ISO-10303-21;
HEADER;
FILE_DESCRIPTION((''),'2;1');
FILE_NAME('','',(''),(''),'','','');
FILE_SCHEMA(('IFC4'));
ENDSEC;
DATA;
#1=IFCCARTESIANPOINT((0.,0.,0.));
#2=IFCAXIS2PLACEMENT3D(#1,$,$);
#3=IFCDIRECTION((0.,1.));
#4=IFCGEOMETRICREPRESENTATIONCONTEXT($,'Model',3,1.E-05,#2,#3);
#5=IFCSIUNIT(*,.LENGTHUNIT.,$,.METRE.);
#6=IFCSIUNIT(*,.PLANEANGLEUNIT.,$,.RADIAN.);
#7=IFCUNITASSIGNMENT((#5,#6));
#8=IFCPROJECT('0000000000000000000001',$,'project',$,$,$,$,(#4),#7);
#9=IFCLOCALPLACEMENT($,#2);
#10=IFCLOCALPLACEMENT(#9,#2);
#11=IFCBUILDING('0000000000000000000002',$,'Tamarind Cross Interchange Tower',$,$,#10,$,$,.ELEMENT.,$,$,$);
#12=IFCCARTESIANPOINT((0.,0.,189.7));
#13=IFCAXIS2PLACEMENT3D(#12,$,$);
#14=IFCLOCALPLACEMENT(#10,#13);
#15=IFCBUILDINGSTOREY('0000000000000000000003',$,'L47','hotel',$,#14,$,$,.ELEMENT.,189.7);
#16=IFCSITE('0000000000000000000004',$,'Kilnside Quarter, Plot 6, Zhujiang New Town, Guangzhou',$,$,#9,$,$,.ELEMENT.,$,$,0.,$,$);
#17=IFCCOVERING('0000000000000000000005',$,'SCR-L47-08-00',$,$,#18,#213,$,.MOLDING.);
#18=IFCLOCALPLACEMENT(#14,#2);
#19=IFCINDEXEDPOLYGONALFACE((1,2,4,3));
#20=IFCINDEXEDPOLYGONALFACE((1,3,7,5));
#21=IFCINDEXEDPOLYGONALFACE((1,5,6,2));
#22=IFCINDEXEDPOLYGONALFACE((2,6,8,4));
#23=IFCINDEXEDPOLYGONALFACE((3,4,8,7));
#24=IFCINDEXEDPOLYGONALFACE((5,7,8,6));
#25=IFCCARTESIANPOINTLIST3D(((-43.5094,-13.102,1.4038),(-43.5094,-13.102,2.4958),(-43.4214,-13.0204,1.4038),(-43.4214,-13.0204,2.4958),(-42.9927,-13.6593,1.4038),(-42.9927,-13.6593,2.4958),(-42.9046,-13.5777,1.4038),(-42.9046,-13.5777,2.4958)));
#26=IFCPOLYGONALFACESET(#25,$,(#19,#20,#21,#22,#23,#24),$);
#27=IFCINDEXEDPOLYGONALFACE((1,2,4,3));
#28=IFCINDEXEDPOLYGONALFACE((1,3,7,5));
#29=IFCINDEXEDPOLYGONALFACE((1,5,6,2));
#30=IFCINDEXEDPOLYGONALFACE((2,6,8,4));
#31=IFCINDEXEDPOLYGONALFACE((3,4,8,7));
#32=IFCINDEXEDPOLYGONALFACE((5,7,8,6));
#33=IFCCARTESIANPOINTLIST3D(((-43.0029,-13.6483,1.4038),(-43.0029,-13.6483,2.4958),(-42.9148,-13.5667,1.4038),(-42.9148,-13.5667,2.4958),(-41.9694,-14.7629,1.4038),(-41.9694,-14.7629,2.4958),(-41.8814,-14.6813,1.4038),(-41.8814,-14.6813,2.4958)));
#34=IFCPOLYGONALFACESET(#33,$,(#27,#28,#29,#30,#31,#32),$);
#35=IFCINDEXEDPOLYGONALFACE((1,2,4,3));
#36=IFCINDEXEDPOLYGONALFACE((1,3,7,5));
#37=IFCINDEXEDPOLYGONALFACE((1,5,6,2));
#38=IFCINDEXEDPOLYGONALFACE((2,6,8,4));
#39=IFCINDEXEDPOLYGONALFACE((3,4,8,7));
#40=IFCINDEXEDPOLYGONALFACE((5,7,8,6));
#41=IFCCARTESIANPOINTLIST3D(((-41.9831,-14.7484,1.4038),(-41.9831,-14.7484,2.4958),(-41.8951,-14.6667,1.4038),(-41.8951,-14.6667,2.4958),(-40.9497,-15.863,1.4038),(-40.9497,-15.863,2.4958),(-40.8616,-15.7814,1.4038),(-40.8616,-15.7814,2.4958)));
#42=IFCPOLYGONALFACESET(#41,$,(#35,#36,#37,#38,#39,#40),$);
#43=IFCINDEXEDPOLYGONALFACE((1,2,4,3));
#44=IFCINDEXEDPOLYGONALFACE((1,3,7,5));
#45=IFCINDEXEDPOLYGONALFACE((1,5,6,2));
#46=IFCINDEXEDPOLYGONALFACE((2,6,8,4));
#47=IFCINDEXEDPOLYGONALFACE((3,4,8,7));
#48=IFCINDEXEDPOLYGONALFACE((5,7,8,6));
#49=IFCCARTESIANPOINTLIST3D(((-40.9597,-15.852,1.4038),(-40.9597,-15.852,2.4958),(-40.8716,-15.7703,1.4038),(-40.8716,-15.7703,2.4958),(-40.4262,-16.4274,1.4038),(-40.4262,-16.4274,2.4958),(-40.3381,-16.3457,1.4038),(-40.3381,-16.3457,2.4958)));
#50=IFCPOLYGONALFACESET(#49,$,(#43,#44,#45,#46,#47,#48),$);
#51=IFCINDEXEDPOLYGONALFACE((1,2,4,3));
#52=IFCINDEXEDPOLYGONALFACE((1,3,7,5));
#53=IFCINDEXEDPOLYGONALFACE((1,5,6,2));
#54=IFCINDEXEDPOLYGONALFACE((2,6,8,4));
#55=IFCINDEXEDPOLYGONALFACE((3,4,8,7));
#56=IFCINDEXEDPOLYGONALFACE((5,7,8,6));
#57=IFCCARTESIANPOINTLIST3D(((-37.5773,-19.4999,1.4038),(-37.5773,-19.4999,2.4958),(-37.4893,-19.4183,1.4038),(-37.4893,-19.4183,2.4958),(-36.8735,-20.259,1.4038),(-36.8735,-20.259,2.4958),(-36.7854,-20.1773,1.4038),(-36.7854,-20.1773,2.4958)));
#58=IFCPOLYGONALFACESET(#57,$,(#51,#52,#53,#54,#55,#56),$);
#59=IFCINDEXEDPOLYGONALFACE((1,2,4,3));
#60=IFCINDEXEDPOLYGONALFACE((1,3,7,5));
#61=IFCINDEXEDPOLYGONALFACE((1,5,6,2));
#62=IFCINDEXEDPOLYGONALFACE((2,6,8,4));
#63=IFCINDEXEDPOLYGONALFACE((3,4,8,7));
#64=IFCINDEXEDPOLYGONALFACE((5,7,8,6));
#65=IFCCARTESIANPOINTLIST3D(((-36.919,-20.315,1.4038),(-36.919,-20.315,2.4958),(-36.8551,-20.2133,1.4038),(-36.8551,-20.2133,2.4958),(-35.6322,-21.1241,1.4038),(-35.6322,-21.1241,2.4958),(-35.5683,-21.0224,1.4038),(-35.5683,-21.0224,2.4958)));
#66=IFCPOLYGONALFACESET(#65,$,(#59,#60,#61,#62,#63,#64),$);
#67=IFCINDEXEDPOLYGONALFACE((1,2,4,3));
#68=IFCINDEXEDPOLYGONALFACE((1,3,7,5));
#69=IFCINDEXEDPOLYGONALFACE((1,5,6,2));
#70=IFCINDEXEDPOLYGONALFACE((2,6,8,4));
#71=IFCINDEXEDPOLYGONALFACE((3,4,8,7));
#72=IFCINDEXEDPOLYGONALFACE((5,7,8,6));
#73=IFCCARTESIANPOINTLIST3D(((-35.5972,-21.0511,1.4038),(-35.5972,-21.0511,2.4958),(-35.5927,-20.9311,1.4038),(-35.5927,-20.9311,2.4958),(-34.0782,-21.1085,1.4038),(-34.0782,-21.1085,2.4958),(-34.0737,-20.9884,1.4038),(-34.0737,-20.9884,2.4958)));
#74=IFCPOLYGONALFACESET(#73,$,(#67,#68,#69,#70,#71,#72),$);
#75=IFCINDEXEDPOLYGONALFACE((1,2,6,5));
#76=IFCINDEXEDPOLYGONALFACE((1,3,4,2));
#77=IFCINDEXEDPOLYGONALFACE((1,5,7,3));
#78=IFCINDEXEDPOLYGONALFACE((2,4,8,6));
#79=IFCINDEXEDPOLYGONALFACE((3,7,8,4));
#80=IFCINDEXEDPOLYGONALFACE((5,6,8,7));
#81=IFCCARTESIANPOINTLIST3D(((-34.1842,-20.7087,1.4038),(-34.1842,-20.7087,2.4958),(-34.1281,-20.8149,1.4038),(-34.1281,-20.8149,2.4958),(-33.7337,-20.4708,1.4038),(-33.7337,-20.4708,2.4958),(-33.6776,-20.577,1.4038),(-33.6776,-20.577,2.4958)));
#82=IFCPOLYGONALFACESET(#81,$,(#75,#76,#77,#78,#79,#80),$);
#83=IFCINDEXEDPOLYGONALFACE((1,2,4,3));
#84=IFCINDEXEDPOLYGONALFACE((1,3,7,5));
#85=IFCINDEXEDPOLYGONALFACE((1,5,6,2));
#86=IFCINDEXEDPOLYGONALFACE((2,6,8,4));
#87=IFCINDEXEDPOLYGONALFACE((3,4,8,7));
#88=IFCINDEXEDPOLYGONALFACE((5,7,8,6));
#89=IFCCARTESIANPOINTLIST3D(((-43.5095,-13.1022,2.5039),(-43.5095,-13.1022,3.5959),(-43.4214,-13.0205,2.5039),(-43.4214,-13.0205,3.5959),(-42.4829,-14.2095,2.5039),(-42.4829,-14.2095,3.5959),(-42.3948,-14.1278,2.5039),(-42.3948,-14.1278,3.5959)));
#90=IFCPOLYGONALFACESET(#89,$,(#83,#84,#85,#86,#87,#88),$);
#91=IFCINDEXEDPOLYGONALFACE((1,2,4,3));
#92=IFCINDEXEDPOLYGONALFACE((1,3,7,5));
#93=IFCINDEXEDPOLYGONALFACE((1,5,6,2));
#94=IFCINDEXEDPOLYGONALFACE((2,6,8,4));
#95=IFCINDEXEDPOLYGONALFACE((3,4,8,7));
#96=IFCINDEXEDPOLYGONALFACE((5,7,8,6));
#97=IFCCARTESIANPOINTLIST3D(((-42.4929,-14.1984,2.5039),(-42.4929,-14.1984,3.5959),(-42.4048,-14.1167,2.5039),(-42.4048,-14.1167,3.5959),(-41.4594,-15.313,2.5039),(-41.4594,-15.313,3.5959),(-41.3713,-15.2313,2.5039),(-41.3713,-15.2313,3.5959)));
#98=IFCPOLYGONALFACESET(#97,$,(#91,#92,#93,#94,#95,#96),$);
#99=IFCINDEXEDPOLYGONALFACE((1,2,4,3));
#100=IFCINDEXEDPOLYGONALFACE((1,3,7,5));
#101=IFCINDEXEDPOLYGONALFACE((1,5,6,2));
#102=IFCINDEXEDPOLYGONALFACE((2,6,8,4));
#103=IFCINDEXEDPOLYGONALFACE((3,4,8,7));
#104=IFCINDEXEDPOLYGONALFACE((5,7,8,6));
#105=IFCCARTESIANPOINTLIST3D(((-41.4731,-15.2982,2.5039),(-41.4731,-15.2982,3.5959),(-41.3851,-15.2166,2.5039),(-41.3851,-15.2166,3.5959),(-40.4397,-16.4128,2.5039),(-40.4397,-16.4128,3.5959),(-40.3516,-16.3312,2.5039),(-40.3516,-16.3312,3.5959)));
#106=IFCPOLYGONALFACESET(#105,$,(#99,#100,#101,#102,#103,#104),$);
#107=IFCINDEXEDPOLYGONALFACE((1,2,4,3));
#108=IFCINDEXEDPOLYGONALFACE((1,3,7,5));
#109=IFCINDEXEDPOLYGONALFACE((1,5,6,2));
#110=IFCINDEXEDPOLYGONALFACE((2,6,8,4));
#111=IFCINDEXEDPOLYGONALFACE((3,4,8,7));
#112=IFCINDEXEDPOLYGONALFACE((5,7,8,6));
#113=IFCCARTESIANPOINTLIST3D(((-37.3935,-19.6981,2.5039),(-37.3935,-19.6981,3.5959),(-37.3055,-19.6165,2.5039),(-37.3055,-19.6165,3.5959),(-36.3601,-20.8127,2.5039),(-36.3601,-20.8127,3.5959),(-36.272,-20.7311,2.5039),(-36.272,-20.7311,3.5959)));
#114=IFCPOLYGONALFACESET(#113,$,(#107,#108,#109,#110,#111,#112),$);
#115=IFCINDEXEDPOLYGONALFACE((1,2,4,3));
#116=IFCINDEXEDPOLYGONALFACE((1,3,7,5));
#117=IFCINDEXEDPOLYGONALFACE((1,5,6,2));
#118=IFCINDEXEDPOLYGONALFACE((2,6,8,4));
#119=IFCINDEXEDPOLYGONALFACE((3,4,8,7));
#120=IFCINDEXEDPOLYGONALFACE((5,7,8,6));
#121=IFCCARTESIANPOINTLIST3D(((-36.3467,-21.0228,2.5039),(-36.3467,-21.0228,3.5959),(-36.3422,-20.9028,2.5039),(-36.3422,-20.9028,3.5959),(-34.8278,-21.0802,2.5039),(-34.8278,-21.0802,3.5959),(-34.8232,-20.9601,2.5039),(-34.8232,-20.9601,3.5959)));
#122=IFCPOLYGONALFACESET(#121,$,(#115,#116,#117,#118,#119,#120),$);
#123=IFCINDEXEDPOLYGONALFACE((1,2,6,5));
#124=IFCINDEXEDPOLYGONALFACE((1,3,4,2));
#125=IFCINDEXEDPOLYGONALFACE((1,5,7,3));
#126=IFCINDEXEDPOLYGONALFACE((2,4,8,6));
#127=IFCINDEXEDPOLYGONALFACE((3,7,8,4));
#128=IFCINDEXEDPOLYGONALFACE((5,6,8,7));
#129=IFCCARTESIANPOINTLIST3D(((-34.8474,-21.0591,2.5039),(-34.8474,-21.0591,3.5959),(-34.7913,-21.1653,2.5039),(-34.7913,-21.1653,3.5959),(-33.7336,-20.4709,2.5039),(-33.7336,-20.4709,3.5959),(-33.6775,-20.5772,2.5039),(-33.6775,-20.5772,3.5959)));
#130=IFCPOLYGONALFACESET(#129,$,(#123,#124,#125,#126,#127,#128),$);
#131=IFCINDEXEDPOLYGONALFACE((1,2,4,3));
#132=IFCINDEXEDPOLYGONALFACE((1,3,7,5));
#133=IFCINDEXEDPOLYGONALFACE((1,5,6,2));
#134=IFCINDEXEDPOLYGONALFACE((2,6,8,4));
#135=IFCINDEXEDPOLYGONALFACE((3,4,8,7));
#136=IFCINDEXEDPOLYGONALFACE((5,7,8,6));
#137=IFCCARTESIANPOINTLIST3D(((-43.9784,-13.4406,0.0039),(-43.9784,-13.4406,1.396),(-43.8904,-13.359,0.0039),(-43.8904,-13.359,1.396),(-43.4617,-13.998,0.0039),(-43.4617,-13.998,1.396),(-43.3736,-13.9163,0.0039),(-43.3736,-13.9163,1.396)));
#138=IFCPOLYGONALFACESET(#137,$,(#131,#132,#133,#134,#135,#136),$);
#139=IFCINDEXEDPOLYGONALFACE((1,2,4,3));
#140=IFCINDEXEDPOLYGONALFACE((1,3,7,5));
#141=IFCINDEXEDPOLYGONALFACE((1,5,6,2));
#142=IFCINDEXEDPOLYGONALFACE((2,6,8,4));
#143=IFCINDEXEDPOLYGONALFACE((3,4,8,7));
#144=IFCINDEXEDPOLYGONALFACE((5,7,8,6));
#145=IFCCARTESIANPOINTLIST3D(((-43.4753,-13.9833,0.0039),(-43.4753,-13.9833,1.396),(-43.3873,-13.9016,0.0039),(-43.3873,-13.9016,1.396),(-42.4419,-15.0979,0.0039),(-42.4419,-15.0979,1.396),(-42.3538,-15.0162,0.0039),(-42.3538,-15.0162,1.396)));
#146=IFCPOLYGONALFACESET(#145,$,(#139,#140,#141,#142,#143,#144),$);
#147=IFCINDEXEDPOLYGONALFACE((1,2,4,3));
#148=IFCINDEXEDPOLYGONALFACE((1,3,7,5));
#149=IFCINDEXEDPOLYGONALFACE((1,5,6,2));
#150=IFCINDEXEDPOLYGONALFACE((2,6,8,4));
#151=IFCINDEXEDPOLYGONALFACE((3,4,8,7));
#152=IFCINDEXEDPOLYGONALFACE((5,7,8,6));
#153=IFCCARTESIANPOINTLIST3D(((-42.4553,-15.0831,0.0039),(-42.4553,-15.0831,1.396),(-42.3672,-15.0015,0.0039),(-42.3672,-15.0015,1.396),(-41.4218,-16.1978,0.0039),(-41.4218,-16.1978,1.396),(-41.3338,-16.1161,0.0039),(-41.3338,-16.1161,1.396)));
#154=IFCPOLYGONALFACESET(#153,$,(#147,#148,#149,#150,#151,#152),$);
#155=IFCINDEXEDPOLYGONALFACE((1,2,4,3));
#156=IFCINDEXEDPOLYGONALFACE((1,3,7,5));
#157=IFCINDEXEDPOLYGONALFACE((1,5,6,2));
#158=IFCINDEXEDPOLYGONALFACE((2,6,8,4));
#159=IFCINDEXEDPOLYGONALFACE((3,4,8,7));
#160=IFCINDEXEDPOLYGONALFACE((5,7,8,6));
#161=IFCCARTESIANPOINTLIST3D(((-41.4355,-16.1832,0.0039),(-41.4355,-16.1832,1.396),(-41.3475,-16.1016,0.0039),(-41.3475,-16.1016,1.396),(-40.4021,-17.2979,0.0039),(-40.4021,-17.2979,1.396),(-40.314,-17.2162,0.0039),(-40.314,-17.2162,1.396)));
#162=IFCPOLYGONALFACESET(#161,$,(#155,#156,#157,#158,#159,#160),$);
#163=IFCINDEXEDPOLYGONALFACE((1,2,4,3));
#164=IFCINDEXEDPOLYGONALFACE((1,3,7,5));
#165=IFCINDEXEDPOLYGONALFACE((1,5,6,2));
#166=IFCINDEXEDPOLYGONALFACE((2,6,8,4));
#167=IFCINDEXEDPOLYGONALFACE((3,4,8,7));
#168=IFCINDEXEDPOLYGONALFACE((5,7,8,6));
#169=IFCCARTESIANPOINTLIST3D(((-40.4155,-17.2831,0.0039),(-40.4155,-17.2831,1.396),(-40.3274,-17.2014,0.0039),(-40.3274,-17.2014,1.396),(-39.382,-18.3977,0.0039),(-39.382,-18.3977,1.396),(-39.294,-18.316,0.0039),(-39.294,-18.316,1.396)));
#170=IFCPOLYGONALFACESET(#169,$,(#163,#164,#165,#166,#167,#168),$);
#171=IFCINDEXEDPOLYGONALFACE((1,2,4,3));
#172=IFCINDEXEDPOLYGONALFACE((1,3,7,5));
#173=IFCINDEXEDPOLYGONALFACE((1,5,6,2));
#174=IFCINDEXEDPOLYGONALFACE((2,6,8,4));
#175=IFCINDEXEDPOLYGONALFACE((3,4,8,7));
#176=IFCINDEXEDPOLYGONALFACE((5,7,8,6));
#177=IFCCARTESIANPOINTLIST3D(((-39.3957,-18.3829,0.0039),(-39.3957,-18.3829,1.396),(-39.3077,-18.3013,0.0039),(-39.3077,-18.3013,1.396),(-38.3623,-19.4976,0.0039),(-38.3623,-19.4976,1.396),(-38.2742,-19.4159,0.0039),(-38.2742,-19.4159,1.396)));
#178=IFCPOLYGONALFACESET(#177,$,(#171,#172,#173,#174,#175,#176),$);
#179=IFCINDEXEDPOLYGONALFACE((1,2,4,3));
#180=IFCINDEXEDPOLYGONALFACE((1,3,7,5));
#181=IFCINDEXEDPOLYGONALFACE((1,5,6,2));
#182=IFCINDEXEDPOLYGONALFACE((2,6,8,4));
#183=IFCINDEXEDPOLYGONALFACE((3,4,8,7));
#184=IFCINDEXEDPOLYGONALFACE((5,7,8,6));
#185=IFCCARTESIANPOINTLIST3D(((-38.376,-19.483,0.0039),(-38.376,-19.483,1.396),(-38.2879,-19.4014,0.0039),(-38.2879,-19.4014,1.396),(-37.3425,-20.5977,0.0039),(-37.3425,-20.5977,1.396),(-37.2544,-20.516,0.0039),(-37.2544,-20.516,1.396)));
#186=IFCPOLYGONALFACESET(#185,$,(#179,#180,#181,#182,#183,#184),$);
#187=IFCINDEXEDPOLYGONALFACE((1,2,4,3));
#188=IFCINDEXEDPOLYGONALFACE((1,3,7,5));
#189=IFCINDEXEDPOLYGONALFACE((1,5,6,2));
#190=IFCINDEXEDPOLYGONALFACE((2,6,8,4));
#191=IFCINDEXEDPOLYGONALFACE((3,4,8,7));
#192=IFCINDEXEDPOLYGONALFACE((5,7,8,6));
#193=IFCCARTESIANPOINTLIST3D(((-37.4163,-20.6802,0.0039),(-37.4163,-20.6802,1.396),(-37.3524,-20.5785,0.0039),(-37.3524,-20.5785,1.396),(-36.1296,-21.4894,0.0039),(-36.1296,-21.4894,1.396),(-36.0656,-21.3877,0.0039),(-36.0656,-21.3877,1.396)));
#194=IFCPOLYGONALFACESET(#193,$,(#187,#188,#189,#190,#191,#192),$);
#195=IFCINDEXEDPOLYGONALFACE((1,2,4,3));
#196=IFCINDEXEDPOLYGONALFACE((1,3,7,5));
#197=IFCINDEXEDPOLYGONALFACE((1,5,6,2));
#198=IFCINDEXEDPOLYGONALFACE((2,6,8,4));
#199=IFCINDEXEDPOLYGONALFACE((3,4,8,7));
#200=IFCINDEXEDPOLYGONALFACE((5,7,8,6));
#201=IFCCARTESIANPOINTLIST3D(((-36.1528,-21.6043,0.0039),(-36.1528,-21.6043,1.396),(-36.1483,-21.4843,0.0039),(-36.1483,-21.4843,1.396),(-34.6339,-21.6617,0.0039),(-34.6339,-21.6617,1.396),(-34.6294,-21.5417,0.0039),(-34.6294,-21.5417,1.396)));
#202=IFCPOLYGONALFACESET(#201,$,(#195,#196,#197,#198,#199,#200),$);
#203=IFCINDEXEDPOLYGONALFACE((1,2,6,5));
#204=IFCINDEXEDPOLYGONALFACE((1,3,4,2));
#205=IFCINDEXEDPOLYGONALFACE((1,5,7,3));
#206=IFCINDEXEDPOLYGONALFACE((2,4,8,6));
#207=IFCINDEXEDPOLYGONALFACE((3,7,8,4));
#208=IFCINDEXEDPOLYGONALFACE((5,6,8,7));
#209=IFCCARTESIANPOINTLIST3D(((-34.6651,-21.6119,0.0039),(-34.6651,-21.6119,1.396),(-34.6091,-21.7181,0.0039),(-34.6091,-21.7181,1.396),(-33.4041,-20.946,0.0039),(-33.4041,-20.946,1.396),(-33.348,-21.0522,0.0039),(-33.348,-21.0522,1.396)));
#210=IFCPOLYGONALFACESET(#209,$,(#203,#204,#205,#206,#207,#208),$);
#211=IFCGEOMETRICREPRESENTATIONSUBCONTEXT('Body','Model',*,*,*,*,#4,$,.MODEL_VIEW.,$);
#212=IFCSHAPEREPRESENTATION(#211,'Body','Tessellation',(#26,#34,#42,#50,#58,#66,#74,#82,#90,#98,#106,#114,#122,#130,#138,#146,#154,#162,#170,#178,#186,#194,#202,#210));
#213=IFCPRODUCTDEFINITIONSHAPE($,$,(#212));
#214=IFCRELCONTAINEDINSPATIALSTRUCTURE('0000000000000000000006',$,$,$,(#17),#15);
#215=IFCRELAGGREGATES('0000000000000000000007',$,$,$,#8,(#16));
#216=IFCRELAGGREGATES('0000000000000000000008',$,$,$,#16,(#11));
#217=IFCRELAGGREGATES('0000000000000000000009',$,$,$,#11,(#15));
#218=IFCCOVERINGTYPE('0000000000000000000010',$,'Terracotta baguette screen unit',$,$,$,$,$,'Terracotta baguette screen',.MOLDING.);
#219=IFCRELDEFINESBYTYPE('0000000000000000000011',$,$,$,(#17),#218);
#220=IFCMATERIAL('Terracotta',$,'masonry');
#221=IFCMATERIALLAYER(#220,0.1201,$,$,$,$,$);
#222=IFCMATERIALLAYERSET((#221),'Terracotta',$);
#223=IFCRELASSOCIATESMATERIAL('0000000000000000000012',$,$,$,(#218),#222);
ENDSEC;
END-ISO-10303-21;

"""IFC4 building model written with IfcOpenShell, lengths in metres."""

from ifc_helpers import new_model, si_unit, direction, frame, origin, origin_2d, place, context, subcontext, project, spatial, rectangle, extrude, material, layer, layer_set, type_object, element, save


model = new_model("IFC4")

# Units and contexts
model_context = context("Model", 3, precision=1e-05, world=origin(), true_north=direction((0.0, 1.0)))
body_context = subcontext(model_context, "Body", "Model", "MODEL_VIEW")
ifc_project = project(units=[si_unit("LENGTHUNIT", "METRE"), si_unit("PLANEANGLEUNIT", "RADIAN")], contexts=[model_context])

# Site, building, storey
site_placement = place(None, origin())
site = spatial("IfcSite", under=ifc_project, at=site_placement, Name="Kilnside Quarter, Plot 6, Zhujiang New Town, Guangzhou", CompositionType="ELEMENT", RefElevation=0.0)
building_placement = place(site_placement, origin())
building = spatial("IfcBuilding", under=site, at=building_placement, Name="Tamarind Cross Interchange Tower", CompositionType="ELEMENT")
storey_placement = place(building_placement, frame((0.0, 0.0, 189.7)))
storey = spatial("IfcBuildingStorey", under=building, at=storey_placement, Name="L47", Description="hotel", CompositionType="ELEMENT", Elevation=189.7)

# Covering
ifc_material_1 = material(Name="Terracotta", Category="masonry")
ifc_layer_1 = layer(ifc_material_1, 0.1201)
ifc_layer_set_1 = layer_set([ifc_layer_1], Name="Terracotta")
covering_type = type_object("IfcCoveringType", Name="Terracotta baguette screen unit", ElementType="Terracotta baguette screen", PredefinedType="MOLDING", material=ifc_layer_set_1)
covering_1_placement = place(storey_placement, origin())
element("IfcCovering", 1, at=covering_1_placement, inside=storey, type_object=covering_type, Name="SCR-L47-08-00", PredefinedType="MOLDING", context=body_context, shape_type="SweptSolid", body=[
    extrude(rectangle(XDim=0.76, YDim=0.1201, at=origin_2d()), frame((-43.207, -13.3398, 1.4038), z_axis=(0.0, 0.0, 1.0), x_axis=(0.679912, -0.733293, 0.0)), (0.0, 0.0, 1.0), 1.092),
    extrude(rectangle(XDim=1.52, YDim=0.1201, at=origin_2d()), frame((-42.4421, -14.1648, 1.4038), z_axis=(0.0, 0.0, 1.0), x_axis=(0.679912, -0.733293, 0.0)), (0.0, 0.0, 1.0), 1.092),
    extrude(rectangle(XDim=1.52, YDim=0.1201, at=origin_2d()), frame((-41.4224, -15.2649, 1.4038), z_axis=(0.0, 0.0, 1.0), x_axis=(0.679912, -0.733293, 0.0)), (0.0, 0.0, 1.0), 1.092),
    extrude(rectangle(XDim=0.7847, YDim=0.1201, at=origin_2d()), frame((-40.6489, -16.0989, 1.4038), z_axis=(0.0, 0.0, 1.0), x_axis=(0.679912, -0.733293, 0.0)), (0.0, 0.0, 1.0), 1.092),
    extrude(rectangle(XDim=1.0352, YDim=0.1201, at=origin_2d()), frame((-37.1814, -19.8386, 1.4038), z_axis=(0.0, 0.0, 1.0), x_axis=(0.679912, -0.733293, 0.0)), (0.0, 0.0, 1.0), 1.092),
    extrude(rectangle(XDim=1.52, YDim=0.1201, at=origin_2d()), frame((-36.2437, -20.6687, 1.4038), z_axis=(0.0, 0.0, 1.0), x_axis=(0.846535, -0.532333, 0.0)), (0.0, 0.0, 1.0), 1.092),
    extrude(rectangle(XDim=1.52, YDim=0.1201, at=origin_2d()), frame((-34.8354, -21.0198, 1.4038), z_axis=(0.0, 0.0, 1.0), x_axis=(0.999287, -0.037746, 0.0)), (0.0, 0.0, 1.0), 1.092),
    extrude(rectangle(XDim=0.5095, YDim=0.1201, at=origin_2d()), frame((-33.9309, -20.6428, 1.4038), z_axis=(0.0, 0.0, 1.0), x_axis=(0.884281, 0.466955, 0.0)), (0.0, 0.0, 1.0), 1.092),
    extrude(rectangle(XDim=1.51, YDim=0.1201, at=origin_2d()), frame((-42.9521, -13.615, 2.5039), z_axis=(0.0, 0.0, 1.0), x_axis=(0.679912, -0.733293, 0.0)), (0.0, 0.0, 1.0), 1.092),
    extrude(rectangle(XDim=1.52, YDim=0.1201, at=origin_2d()), frame((-41.9321, -14.7148, 2.5039), z_axis=(0.0, 0.0, 1.0), x_axis=(0.679912, -0.733293, 0.0)), (0.0, 0.0, 1.0), 1.092),
    extrude(rectangle(XDim=1.52, YDim=0.1201, at=origin_2d()), frame((-40.9124, -15.8147, 2.5039), z_axis=(0.0, 0.0, 1.0), x_axis=(0.679912, -0.733293, 0.0)), (0.0, 0.0, 1.0), 1.092),
    extrude(rectangle(XDim=1.52, YDim=0.1201, at=origin_2d()), frame((-36.8328, -20.2146, 2.5039), z_axis=(0.0, 0.0, 1.0), x_axis=(0.679912, -0.733293, 0.0)), (0.0, 0.0, 1.0), 1.092),
    extrude(rectangle(XDim=1.52, YDim=0.1201, at=origin_2d()), frame((-35.585, -20.9915, 2.5039), z_axis=(0.0, 0.0, 1.0), x_axis=(0.999287, -0.037746, 0.0)), (0.0, 0.0, 1.0), 1.092),
    extrude(rectangle(XDim=1.2595, YDim=0.1201, at=origin_2d()), frame((-34.2625, -20.8181, 2.5039), z_axis=(0.0, 0.0, 1.0), x_axis=(0.884281, 0.466955, 0.0)), (0.0, 0.0, 1.0), 1.092),
    extrude(rectangle(XDim=0.76, YDim=0.1201, at=origin_2d()), frame((-43.676, -13.6785, 0.0039), z_axis=(0.0, 0.0, 1.0), x_axis=(0.679912, -0.733293, 0.0)), (0.0, 0.0, 1.0), 1.3921),
    extrude(rectangle(XDim=1.52, YDim=0.1201, at=origin_2d()), frame((-42.9146, -14.4998, 0.0039), z_axis=(0.0, 0.0, 1.0), x_axis=(0.679912, -0.733293, 0.0)), (0.0, 0.0, 1.0), 1.3921),
    extrude(rectangle(XDim=1.52, YDim=0.1201, at=origin_2d()), frame((-41.8945, -15.5996, 0.0039), z_axis=(0.0, 0.0, 1.0), x_axis=(0.679912, -0.733293, 0.0)), (0.0, 0.0, 1.0), 1.3921),
    extrude(rectangle(XDim=1.52, YDim=0.1201, at=origin_2d()), frame((-40.8748, -16.6997, 0.0039), z_axis=(0.0, 0.0, 1.0), x_axis=(0.679912, -0.733293, 0.0)), (0.0, 0.0, 1.0), 1.3921),
    extrude(rectangle(XDim=1.52, YDim=0.1201, at=origin_2d()), frame((-39.8547, -17.7996, 0.0039), z_axis=(0.0, 0.0, 1.0), x_axis=(0.679912, -0.733293, 0.0)), (0.0, 0.0, 1.0), 1.3921),
    extrude(rectangle(XDim=1.52, YDim=0.1201, at=origin_2d()), frame((-38.835, -18.8994, 0.0039), z_axis=(0.0, 0.0, 1.0), x_axis=(0.679912, -0.733293, 0.0)), (0.0, 0.0, 1.0), 1.3921),
    extrude(rectangle(XDim=1.52, YDim=0.1201, at=origin_2d()), frame((-37.8152, -19.9995, 0.0039), z_axis=(0.0, 0.0, 1.0), x_axis=(0.679912, -0.733293, 0.0)), (0.0, 0.0, 1.0), 1.3921),
    extrude(rectangle(XDim=1.52, YDim=0.1201, at=origin_2d()), frame((-36.741, -21.0339, 0.0039), z_axis=(0.0, 0.0, 1.0), x_axis=(0.846535, -0.532333, 0.0)), (0.0, 0.0, 1.0), 1.3921),
    extrude(rectangle(XDim=1.52, YDim=0.1201, at=origin_2d()), frame((-35.3911, -21.573, 0.0039), z_axis=(0.0, 0.0, 1.0), x_axis=(0.999287, -0.037746, 0.0)), (0.0, 0.0, 1.0), 1.3921),
    extrude(rectangle(XDim=1.426, YDim=0.1201, at=origin_2d()), frame((-34.0066, -21.332, 0.0039), z_axis=(0.0, 0.0, 1.0), x_axis=(0.884281, 0.466955, 0.0)), (0.0, 0.0, 1.0), 1.3921),
])

save(model, "model.ifc")
